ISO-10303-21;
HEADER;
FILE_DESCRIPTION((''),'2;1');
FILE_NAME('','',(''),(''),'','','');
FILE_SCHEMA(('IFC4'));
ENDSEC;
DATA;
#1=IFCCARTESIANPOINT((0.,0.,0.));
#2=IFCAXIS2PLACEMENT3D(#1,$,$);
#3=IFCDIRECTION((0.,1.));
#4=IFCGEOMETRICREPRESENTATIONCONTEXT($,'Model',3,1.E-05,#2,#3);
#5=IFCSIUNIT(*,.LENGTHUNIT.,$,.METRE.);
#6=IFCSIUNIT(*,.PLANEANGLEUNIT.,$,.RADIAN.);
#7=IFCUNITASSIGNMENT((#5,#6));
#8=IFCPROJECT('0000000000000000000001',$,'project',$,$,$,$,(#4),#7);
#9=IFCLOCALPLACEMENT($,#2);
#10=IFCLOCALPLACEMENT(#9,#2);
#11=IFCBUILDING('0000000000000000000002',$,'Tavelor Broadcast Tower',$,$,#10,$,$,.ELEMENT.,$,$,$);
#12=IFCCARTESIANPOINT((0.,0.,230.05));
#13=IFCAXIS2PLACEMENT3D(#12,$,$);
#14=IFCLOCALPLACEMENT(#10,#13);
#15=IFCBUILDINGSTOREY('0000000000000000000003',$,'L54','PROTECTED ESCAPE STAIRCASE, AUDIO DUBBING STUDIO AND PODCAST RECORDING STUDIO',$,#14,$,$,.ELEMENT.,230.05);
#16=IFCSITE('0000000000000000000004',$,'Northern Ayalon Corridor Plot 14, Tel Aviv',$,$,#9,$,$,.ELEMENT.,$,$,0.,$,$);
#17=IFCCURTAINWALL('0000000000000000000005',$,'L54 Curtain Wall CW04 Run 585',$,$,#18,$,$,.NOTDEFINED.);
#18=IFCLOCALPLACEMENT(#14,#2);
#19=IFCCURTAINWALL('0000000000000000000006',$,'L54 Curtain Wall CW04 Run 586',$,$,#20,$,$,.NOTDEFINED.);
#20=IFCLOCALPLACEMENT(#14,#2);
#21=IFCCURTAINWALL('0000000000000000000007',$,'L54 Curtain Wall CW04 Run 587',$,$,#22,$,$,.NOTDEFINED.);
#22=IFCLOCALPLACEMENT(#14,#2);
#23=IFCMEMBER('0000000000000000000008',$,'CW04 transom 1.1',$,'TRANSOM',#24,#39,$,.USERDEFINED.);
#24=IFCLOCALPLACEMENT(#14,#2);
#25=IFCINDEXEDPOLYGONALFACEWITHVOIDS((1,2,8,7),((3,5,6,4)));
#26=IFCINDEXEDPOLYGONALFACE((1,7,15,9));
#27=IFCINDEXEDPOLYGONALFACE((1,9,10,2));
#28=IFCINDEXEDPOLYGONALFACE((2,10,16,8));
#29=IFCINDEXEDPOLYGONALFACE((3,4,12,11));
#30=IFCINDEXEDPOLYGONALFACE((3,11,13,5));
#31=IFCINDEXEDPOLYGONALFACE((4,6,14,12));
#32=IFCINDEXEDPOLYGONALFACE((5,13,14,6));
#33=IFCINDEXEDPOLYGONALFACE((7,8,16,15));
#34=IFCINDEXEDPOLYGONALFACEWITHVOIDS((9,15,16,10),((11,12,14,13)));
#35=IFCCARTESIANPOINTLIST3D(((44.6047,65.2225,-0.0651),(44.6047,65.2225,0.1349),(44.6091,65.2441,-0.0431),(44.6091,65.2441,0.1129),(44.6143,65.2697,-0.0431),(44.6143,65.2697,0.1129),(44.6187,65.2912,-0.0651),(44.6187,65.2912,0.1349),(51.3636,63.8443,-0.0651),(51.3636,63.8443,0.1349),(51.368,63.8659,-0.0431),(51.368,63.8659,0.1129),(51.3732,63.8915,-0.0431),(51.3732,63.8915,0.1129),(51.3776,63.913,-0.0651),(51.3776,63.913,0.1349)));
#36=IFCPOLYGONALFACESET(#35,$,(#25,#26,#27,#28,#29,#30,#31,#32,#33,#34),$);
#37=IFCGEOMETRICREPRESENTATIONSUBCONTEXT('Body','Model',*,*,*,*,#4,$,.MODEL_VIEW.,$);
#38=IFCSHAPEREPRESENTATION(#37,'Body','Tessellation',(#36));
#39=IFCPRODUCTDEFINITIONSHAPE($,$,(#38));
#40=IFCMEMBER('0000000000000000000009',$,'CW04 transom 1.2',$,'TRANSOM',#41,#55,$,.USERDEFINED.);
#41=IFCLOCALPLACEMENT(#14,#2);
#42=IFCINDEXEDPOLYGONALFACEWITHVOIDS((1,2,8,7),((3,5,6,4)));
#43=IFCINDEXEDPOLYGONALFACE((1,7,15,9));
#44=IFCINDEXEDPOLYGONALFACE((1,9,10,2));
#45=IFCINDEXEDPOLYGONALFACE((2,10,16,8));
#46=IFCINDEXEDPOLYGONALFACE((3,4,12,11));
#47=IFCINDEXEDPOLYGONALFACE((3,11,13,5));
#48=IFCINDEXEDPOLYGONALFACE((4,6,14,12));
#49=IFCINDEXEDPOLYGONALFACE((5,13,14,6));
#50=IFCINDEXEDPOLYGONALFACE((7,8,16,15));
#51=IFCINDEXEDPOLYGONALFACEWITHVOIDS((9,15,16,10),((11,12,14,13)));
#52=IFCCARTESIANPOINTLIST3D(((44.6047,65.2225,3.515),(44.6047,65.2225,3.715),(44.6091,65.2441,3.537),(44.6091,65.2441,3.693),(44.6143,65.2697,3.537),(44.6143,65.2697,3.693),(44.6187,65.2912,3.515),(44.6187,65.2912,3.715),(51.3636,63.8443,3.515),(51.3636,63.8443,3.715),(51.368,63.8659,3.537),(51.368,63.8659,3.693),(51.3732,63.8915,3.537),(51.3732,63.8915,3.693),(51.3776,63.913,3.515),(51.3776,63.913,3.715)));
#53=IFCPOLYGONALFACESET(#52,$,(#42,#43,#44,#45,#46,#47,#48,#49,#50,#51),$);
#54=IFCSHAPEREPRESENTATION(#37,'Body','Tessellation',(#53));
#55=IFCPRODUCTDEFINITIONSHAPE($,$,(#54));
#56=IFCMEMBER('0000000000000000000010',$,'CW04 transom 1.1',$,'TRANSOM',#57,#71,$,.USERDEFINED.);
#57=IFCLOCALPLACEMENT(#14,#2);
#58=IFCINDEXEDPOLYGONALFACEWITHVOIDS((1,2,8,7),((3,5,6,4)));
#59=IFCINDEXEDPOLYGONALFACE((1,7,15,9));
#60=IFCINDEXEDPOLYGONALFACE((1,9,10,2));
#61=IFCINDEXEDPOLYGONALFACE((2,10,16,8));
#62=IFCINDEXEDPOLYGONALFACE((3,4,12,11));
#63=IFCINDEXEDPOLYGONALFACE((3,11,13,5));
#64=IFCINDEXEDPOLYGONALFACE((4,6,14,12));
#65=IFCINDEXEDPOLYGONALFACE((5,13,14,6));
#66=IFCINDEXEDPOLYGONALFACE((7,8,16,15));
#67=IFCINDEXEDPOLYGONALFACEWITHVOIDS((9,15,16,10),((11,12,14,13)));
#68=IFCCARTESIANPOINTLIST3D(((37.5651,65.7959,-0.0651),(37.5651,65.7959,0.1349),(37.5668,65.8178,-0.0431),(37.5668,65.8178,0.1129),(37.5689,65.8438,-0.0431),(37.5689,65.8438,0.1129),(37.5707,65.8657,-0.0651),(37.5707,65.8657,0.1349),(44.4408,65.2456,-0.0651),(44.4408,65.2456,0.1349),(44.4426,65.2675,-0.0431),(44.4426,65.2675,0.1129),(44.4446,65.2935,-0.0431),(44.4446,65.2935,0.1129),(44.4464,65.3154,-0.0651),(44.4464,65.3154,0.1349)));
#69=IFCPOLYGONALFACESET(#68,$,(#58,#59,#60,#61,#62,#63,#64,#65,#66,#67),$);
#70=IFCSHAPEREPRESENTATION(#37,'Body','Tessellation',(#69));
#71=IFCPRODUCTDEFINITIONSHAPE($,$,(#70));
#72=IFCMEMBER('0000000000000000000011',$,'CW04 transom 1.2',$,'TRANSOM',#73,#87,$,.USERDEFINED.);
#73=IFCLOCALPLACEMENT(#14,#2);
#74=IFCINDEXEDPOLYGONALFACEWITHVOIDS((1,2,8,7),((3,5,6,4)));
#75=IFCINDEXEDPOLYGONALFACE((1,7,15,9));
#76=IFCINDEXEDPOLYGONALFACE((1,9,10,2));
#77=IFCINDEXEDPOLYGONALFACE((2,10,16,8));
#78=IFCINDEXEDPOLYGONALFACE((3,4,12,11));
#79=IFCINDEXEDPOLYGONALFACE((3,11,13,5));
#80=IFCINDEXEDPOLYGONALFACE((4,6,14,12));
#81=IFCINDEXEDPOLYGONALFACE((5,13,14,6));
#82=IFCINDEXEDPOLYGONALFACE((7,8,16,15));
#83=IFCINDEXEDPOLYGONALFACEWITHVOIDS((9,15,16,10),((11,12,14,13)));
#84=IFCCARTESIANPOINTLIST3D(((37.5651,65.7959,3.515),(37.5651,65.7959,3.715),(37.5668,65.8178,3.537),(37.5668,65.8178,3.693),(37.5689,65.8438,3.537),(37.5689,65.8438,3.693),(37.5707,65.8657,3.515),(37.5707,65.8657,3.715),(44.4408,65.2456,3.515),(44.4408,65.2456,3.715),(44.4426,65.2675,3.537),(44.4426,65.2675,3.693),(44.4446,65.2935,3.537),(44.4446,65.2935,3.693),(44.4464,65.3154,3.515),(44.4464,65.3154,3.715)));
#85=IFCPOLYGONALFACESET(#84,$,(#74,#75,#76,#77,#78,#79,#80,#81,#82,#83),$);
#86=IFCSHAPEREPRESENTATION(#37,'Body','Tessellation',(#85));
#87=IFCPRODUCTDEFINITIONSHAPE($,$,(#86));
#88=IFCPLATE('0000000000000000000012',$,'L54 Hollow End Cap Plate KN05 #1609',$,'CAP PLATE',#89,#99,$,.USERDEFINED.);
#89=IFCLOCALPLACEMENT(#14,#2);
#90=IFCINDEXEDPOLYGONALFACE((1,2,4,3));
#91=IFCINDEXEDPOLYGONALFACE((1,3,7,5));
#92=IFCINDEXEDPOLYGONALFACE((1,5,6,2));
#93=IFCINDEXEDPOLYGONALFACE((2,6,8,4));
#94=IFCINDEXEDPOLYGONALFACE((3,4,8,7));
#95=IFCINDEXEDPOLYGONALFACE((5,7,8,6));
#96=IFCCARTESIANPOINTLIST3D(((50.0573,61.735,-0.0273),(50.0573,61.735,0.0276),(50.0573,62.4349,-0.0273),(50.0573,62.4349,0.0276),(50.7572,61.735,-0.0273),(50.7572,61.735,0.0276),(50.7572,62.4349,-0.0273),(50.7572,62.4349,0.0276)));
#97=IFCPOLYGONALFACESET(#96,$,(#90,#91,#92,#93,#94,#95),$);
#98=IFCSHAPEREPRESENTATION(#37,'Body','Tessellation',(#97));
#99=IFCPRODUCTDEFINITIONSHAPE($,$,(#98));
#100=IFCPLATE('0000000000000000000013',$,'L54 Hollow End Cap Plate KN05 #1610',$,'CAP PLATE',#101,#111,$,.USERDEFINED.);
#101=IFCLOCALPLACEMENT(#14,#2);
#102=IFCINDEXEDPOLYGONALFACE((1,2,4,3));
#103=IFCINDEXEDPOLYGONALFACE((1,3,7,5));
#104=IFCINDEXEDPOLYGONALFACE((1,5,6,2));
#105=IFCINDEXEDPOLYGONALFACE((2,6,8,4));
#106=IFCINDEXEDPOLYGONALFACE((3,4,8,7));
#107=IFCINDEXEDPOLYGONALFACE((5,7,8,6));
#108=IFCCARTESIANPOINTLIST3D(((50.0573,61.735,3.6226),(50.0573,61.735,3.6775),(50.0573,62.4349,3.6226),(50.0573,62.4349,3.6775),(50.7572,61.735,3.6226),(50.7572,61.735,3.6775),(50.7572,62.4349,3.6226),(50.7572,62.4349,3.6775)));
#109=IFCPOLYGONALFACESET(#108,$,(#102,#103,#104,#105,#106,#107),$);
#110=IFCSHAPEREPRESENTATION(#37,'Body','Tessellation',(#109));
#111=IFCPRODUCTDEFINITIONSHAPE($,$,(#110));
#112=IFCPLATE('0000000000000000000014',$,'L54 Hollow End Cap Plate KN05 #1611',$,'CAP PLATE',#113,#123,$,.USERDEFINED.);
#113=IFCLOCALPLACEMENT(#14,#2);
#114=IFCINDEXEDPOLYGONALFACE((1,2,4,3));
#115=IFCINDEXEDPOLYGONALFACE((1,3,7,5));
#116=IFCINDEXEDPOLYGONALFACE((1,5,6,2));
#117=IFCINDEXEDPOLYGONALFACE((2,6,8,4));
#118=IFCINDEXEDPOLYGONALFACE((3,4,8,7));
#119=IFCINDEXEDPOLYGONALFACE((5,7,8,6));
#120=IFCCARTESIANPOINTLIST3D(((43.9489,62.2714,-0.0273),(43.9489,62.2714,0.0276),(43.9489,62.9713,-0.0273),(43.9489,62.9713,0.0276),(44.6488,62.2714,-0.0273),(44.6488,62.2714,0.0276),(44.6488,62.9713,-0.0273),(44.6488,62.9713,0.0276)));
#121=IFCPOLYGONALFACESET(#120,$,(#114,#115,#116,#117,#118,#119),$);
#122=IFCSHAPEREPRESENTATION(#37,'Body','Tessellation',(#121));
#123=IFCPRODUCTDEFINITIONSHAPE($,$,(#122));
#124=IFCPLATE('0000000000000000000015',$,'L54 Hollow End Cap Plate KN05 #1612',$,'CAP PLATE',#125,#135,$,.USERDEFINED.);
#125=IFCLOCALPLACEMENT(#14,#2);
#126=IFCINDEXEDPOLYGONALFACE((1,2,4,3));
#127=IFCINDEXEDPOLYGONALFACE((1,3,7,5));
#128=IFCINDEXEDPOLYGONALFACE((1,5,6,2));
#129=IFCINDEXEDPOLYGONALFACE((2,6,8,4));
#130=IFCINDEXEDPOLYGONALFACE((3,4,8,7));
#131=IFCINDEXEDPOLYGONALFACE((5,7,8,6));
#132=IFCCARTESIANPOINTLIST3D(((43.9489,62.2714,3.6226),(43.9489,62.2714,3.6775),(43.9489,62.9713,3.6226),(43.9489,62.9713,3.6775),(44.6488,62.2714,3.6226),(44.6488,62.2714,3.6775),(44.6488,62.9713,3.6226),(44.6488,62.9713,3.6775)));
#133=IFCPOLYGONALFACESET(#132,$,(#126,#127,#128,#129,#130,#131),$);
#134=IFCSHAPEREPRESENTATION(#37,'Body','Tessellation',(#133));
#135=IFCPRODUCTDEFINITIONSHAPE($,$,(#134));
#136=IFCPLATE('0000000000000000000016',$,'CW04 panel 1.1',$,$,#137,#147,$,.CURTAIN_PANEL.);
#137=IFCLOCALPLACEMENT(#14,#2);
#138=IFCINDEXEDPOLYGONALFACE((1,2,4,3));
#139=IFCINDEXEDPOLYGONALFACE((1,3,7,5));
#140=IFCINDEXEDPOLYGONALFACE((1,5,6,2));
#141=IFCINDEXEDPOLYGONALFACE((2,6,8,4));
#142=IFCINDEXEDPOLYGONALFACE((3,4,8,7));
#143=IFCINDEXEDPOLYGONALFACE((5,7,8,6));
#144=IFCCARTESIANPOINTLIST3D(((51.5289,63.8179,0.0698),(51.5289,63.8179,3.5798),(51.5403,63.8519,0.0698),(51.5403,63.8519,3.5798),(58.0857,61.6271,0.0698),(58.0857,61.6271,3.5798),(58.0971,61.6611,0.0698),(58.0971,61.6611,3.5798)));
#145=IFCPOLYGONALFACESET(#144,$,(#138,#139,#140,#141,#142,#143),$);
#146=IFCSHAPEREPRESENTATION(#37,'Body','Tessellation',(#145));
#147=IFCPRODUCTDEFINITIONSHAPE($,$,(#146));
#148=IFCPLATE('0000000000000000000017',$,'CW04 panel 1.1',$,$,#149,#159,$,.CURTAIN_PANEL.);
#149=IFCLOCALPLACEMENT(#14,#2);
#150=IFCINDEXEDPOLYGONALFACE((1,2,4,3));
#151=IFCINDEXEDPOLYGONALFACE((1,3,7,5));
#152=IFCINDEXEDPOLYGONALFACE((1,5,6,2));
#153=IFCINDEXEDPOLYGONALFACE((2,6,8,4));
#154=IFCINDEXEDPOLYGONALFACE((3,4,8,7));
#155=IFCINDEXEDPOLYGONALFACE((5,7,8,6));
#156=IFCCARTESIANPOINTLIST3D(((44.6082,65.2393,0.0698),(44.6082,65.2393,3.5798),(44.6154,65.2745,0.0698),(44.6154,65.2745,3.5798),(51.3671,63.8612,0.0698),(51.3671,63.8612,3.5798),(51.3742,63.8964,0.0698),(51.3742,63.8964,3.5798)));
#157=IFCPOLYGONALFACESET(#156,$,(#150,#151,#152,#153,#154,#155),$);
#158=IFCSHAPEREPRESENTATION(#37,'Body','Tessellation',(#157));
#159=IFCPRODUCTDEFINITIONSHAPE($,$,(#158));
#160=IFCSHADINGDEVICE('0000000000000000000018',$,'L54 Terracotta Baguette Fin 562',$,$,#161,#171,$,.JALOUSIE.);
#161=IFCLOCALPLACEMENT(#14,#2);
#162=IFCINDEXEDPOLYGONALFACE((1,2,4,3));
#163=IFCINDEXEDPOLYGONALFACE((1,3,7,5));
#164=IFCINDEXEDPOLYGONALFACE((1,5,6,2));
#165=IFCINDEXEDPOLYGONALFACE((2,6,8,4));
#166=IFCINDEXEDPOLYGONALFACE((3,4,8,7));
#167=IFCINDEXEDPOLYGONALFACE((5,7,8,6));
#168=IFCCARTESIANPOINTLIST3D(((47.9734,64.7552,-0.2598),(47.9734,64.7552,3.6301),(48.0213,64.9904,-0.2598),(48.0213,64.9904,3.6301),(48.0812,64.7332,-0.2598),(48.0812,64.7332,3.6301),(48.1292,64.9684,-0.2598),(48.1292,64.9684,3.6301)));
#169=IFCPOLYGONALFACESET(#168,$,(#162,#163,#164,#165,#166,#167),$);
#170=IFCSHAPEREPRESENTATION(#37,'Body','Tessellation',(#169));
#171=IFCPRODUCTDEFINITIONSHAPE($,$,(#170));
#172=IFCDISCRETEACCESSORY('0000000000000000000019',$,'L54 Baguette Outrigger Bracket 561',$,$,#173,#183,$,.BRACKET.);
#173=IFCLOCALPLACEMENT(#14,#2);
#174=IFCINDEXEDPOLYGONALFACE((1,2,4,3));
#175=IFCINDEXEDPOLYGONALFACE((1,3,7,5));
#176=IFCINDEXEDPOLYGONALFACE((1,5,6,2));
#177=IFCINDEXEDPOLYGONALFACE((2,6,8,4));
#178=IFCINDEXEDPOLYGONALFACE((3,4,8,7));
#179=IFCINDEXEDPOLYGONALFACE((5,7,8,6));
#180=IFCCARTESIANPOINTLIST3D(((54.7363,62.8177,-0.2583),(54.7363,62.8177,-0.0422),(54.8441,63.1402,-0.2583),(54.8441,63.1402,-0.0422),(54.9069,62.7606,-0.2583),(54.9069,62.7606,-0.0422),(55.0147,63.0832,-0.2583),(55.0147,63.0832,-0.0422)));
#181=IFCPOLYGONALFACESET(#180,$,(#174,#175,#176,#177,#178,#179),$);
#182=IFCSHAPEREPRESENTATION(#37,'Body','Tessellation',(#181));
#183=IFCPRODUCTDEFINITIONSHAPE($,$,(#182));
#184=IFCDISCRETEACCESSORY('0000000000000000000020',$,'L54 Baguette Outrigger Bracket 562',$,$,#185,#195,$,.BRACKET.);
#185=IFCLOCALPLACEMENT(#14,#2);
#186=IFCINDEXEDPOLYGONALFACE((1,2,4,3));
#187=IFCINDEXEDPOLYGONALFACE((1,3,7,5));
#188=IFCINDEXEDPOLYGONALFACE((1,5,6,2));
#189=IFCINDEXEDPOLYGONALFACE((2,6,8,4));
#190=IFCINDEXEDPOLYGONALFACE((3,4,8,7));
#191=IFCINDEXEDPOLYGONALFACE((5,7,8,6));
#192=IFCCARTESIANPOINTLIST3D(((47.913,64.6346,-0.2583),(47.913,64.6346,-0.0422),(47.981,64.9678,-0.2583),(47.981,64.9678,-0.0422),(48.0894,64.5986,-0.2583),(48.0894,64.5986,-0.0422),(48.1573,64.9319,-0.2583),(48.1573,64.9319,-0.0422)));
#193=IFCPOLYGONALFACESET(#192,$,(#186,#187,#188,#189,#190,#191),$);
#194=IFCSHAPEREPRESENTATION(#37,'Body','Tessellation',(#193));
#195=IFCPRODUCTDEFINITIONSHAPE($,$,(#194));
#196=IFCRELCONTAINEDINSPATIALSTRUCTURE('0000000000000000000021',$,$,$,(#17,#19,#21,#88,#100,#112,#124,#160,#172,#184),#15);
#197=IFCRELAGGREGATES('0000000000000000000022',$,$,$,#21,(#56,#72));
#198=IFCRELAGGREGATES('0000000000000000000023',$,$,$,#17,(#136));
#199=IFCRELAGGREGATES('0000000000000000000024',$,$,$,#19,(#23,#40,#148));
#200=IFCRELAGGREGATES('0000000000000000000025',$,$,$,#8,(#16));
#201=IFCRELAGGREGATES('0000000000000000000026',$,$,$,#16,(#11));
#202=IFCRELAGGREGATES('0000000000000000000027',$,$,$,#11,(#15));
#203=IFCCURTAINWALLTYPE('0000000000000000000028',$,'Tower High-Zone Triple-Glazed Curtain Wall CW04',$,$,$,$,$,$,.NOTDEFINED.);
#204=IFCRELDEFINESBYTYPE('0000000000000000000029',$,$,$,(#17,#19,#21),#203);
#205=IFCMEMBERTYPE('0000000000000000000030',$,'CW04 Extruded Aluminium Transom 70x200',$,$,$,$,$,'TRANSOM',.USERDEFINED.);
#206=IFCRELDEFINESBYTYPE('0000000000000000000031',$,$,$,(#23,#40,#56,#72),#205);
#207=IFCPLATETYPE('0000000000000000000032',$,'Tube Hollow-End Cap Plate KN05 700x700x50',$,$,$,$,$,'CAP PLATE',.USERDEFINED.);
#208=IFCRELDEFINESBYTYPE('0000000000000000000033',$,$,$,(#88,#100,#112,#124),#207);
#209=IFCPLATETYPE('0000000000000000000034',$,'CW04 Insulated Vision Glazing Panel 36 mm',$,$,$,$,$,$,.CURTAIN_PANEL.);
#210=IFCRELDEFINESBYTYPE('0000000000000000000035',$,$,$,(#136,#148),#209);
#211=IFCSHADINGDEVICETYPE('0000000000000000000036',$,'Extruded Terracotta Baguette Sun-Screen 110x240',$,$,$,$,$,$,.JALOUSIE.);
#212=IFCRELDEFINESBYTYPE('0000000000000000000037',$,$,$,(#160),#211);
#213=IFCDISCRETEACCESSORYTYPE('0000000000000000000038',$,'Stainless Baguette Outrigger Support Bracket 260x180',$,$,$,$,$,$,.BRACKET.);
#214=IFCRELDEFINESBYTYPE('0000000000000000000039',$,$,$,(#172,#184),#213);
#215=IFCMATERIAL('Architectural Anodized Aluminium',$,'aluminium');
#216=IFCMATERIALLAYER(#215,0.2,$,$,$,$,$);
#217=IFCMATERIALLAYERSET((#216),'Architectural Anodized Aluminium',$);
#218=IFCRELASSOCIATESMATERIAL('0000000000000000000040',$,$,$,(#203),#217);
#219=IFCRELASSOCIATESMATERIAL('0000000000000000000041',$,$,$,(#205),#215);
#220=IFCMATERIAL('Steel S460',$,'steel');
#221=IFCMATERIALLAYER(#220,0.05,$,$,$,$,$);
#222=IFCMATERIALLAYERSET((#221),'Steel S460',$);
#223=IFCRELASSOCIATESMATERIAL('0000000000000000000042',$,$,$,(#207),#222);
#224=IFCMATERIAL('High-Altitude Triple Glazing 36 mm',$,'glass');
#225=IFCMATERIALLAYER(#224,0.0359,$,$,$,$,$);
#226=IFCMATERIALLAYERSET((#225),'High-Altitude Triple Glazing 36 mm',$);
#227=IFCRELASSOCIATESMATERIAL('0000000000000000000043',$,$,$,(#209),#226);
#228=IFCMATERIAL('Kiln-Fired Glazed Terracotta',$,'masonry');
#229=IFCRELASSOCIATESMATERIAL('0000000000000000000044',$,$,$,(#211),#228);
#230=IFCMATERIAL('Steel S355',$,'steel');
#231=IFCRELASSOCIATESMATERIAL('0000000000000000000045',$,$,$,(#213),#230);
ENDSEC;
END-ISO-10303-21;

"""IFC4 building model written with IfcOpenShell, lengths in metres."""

from ifc_helpers import new_model, si_unit, direction, frame, origin, origin_2d, place, context, subcontext, project, spatial, rectangle, hollow_rectangle, extrude, source, transform, mapped, material, layer, layer_set, material_profile, profile_set, type_object, type_shapes, element, aggregate, save


model = new_model("IFC4")

# Units and contexts
model_context = context("Model", 3, precision=1e-05, world=origin(), true_north=direction((0.0, 1.0)))
body_context = subcontext(model_context, "Body", "Model", "MODEL_VIEW")
ifc_project = project(units=[si_unit("LENGTHUNIT", "METRE"), si_unit("PLANEANGLEUNIT", "RADIAN")], contexts=[model_context])

# Site, building, storey
site_placement = place(None, origin())
site = spatial("IfcSite", under=ifc_project, at=site_placement, Name="Northern Ayalon Corridor Plot 14, Tel Aviv", CompositionType="ELEMENT", RefElevation=0.0)
building_placement = place(site_placement, origin())
building = spatial("IfcBuilding", under=site, at=building_placement, Name="Tavelor Broadcast Tower", CompositionType="ELEMENT")
storey_placement = place(building_placement, frame((0.0, 0.0, 230.05)))
storey = spatial("IfcBuildingStorey", under=building, at=storey_placement, Name="L54", Description="PROTECTED ESCAPE STAIRCASE, AUDIO DUBBING STUDIO AND PODCAST RECORDING STUDIO", CompositionType="ELEMENT", Elevation=230.05)

# Shared definitions
ifc_material_1 = material(Name="Steel S460", Category="steel")

# Shared definitions
ifc_material_2 = material(Name="Steel S355", Category="steel")

# Curtain wall
ifc_material_3 = material(Name="Architectural Anodized Aluminium", Category="aluminium")
ifc_layer_1 = layer(ifc_material_3, 0.2)
ifc_layer_set_1 = layer_set([ifc_layer_1], Name="Architectural Anodized Aluminium")
curtain_wall_type = type_object("IfcCurtainWallType", Name="Tower High-Zone Triple-Glazed Curtain Wall CW04", PredefinedType="NOTDEFINED", material=ifc_layer_set_1)
curtain_wall_1_placement = place(storey_placement, origin())
curtain_wall_1 = element("IfcCurtainWall", 1, at=curtain_wall_1_placement, inside=storey, type_object=curtain_wall_type, Name="L54 Curtain Wall CW04 Run 585", PredefinedType="NOTDEFINED")

# Curtain wall
curtain_wall_2_placement = place(storey_placement, origin())
curtain_wall_2 = element("IfcCurtainWall", 2, at=curtain_wall_2_placement, inside=storey, type_object=curtain_wall_type, Name="L54 Curtain Wall CW04 Run 586", PredefinedType="NOTDEFINED")

# Curtain wall
curtain_wall_3_placement = place(storey_placement, origin())
curtain_wall_3 = element("IfcCurtainWall", 3, at=curtain_wall_3_placement, inside=storey, type_object=curtain_wall_type, Name="L54 Curtain Wall CW04 Run 587", PredefinedType="NOTDEFINED")

# Members
ifc_material_profile_1 = material_profile(ifc_material_3, hollow_rectangle(XDim=0.0701, YDim=0.2, WallThickness=0.022, at=origin_2d()), Name="RHS 70x200x22")
ifc_profile_set_1 = profile_set([ifc_material_profile_1], Name="Architectural Anodized Aluminium")
member_type_1 = type_object("IfcMemberType", Name="CW04 Extruded Aluminium Transom 70x200", ElementType="TRANSOM", PredefinedType="USERDEFINED", material=ifc_profile_set_1)
shared_shape_1 = source(origin(), body_context, "Body", "SweptSolid", [
    extrude(hollow_rectangle(XDim=0.0701, YDim=0.2, WallThickness=0.022, at=origin_2d()), origin(), (0.0, 0.0, 1.0), 6.8979),
])
member_1_placement = place(storey_placement, frame((51.3706, 63.8787, 0.0349), z_axis=(-0.979837, 0.199797, 0.0), x_axis=(-0.199797, -0.979837, 0.0)))
member_1 = element("IfcMember", 4, at=member_1_placement, type_object=member_type_1, Name="CW04 transom 1.1", ObjectType="TRANSOM", PredefinedType="USERDEFINED", context=body_context, shape_type="MappedRepresentation", body=[
    mapped(shared_shape_1, transform((0.0, 0.0, 0.0), scale=1.0)),
])
member_2_placement = place(storey_placement, frame((51.3706, 63.8787, 3.615), z_axis=(-0.979837, 0.199797, 0.0), x_axis=(-0.199797, -0.979837, 0.0)))
member_2 = element("IfcMember", 5, at=member_2_placement, type_object=member_type_1, Name="CW04 transom 1.2", ObjectType="TRANSOM", PredefinedType="USERDEFINED", context=body_context, shape_type="MappedRepresentation", body=[
    mapped(shared_shape_1, transform((0.0, 0.0, 0.0), scale=1.0)),
])
shared_shape_2 = source(origin(), body_context, "Body", "SweptSolid", [
    extrude(hollow_rectangle(XDim=0.0701, YDim=0.2, WallThickness=0.022, at=origin_2d()), origin(), (0.0, 0.0, 1.0), 6.8977),
])
type_shapes(member_type_1, [shared_shape_1, shared_shape_2])
member_3_placement = place(storey_placement, frame((44.4436, 65.2805, 0.0349), z_axis=(-0.996813, 0.079779, 0.0), x_axis=(-0.079779, -0.996813, 0.0)))
member_3 = element("IfcMember", 6, at=member_3_placement, type_object=member_type_1, Name="CW04 transom 1.1", ObjectType="TRANSOM", PredefinedType="USERDEFINED", context=body_context, shape_type="MappedRepresentation", body=[
    mapped(shared_shape_2, transform((0.0, 0.0, 0.0), scale=1.0)),
])
member_4_placement = place(storey_placement, frame((44.4436, 65.2805, 3.615), z_axis=(-0.996813, 0.079779, 0.0), x_axis=(-0.079779, -0.996813, 0.0)))
member_4 = element("IfcMember", 7, at=member_4_placement, type_object=member_type_1, Name="CW04 transom 1.2", ObjectType="TRANSOM", PredefinedType="USERDEFINED", context=body_context, shape_type="MappedRepresentation", body=[
    mapped(shared_shape_2, transform((0.0, 0.0, 0.0), scale=1.0)),
])
aggregate(curtain_wall_3, [member_3, member_4])

# Plates
ifc_layer_2 = layer(ifc_material_1, 0.05)
ifc_layer_set_2 = layer_set([ifc_layer_2], Name="Steel S460")
plate_type_1 = type_object("IfcPlateType", Name="Tube Hollow-End Cap Plate KN05 700x700x50", ElementType="CAP PLATE", PredefinedType="USERDEFINED", material=ifc_layer_set_2)
shared_shape_3 = source(origin(), body_context, "Body", "SweptSolid", [
    extrude(rectangle(XDim=0.7, YDim=0.7, at=origin_2d()), origin(), (0.0, 0.0, 1.0), 0.0549),
])
type_shapes(plate_type_1, [shared_shape_3])
for number, where, z_axis, x_axis, name in (
    (8, (50.4072, 62.085, -0.0273), (0.0, 0.0, 1.0), (1.0, 0.0, 0.0), "L54 Hollow End Cap Plate KN05 #1609"),
    (9, (50.4072, 62.085, 3.6226), (0.0, 0.0, 1.0), (1.0, 0.0, 0.0), "L54 Hollow End Cap Plate KN05 #1610"),
    (10, (44.2988, 62.6213, -0.0273), (0.0, 0.0, 1.0), (1.0, 0.0, 0.0), "L54 Hollow End Cap Plate KN05 #1611"),
    (11, (44.2988, 62.6213, 3.6226), (0.0, 0.0, 1.0), (1.0, 0.0, 0.0), "L54 Hollow End Cap Plate KN05 #1612"),
):
    element("IfcPlate", number, at=place(storey_placement, frame(where, z_axis=z_axis, x_axis=x_axis)), inside=storey, type_object=plate_type_1, Name=name, ObjectType="CAP PLATE", PredefinedType="USERDEFINED", context=body_context, shape_type="MappedRepresentation", body=[
        mapped(shared_shape_3, transform((0.0, 0.0, 0.0), scale=1.0)),
    ])

# Plates
ifc_material_4 = material(Name="High-Altitude Triple Glazing 36 mm", Category="glass")
ifc_layer_3 = layer(ifc_material_4, 0.0359)
ifc_layer_set_3 = layer_set([ifc_layer_3], Name="High-Altitude Triple Glazing 36 mm")
plate_type_2 = type_object("IfcPlateType", Name="CW04 Insulated Vision Glazing Panel 36 mm", PredefinedType="CURTAIN_PANEL", material=ifc_layer_set_3)
shared_shape_4 = source(origin(), body_context, "Body", "SweptSolid", [
    extrude(rectangle(XDim=6.9131, YDim=0.0359, at=origin_2d()), origin(), (0.0, 0.0, 1.0), 3.51),
])
plate_1_placement = place(storey_placement, frame((54.813, 62.7395, 0.0698), z_axis=(0.0, 0.0, 1.0), x_axis=(-0.948459, 0.3169, 0.0)))
plate_1 = element("IfcPlate", 12, at=plate_1_placement, type_object=plate_type_2, Name="CW04 panel 1.1", PredefinedType="CURTAIN_PANEL", context=body_context, shape_type="MappedRepresentation", body=[
    mapped(shared_shape_4, transform((0.0, 0.0, 0.0), scale=1.0)),
])
aggregate(curtain_wall_1, [plate_1])
shared_shape_5 = source(origin(), body_context, "Body", "SweptSolid", [
    extrude(rectangle(XDim=6.8979, YDim=0.0359, at=origin_2d()), origin(), (0.0, 0.0, 1.0), 3.51),
])
type_shapes(plate_type_2, [shared_shape_4, shared_shape_5])
plate_2_placement = place(storey_placement, frame((47.9912, 64.5679, 0.0698), z_axis=(0.0, 0.0, 1.0), x_axis=(-0.979839, 0.199787, 0.0)))
plate_2 = element("IfcPlate", 13, at=plate_2_placement, type_object=plate_type_2, Name="CW04 panel 1.1", PredefinedType="CURTAIN_PANEL", context=body_context, shape_type="MappedRepresentation", body=[
    mapped(shared_shape_5, transform((0.0, 0.0, 0.0), scale=1.0)),
])
aggregate(curtain_wall_2, [member_1, member_2, plate_2])

# Shading device
ifc_material_5 = material(Name="Kiln-Fired Glazed Terracotta", Category="masonry")
shading_device_type = type_object("IfcShadingDeviceType", Name="Extruded Terracotta Baguette Sun-Screen 110x240", PredefinedType="JALOUSIE", material=ifc_material_5)
shared_shape_6 = source(origin(), body_context, "Body", "SweptSolid", [
    extrude(rectangle(XDim=0.1101, YDim=0.24, at=origin_2d()), origin(), (0.0, 0.0, 1.0), 3.8899),
])
type_shapes(shading_device_type, [shared_shape_6])
shading_device_placement = place(storey_placement, frame((48.0513, 64.8618, -0.2598), z_axis=(0.0, 0.0, 1.0), x_axis=(-0.979855, 0.19971, 0.0)))
element("IfcShadingDevice", 14, at=shading_device_placement, inside=storey, type_object=shading_device_type, Name="L54 Terracotta Baguette Fin 562", PredefinedType="JALOUSIE", context=body_context, shape_type="MappedRepresentation", body=[
    mapped(shared_shape_6, transform((0.0, 0.0, 0.0), scale=1.0)),
])

# Discrete accessories
discrete_accessory_type = type_object("IfcDiscreteAccessoryType", Name="Stainless Baguette Outrigger Support Bracket 260x180", PredefinedType="BRACKET", material=ifc_material_2)
shared_shape_7 = source(origin(), body_context, "Body", "SweptSolid", [
    extrude(rectangle(XDim=0.1799, YDim=0.3401, at=origin_2d()), origin(), (0.0, 0.0, 1.0), 0.2161),
])
type_shapes(discrete_accessory_type, [shared_shape_7])
for number, where, z_axis, x_axis, name in (
    (15, (54.8755, 62.9504, -0.2583), (0.0, 0.0, 1.0), (-0.948434, 0.316974, 0.0), "L54 Baguette Outrigger Bracket 561"),
    (16, (48.0352, 64.7832, -0.2583), (0.0, 0.0, 1.0), (-0.979855, 0.19971, 0.0), "L54 Baguette Outrigger Bracket 562"),
):
    element("IfcDiscreteAccessory", number, at=place(storey_placement, frame(where, z_axis=z_axis, x_axis=x_axis)), inside=storey, type_object=discrete_accessory_type, Name=name, PredefinedType="BRACKET", context=body_context, shape_type="MappedRepresentation", body=[
        mapped(shared_shape_7, transform((0.0, 0.0, 0.0), scale=1.0)),
    ])

save(model, "model.ifc")
